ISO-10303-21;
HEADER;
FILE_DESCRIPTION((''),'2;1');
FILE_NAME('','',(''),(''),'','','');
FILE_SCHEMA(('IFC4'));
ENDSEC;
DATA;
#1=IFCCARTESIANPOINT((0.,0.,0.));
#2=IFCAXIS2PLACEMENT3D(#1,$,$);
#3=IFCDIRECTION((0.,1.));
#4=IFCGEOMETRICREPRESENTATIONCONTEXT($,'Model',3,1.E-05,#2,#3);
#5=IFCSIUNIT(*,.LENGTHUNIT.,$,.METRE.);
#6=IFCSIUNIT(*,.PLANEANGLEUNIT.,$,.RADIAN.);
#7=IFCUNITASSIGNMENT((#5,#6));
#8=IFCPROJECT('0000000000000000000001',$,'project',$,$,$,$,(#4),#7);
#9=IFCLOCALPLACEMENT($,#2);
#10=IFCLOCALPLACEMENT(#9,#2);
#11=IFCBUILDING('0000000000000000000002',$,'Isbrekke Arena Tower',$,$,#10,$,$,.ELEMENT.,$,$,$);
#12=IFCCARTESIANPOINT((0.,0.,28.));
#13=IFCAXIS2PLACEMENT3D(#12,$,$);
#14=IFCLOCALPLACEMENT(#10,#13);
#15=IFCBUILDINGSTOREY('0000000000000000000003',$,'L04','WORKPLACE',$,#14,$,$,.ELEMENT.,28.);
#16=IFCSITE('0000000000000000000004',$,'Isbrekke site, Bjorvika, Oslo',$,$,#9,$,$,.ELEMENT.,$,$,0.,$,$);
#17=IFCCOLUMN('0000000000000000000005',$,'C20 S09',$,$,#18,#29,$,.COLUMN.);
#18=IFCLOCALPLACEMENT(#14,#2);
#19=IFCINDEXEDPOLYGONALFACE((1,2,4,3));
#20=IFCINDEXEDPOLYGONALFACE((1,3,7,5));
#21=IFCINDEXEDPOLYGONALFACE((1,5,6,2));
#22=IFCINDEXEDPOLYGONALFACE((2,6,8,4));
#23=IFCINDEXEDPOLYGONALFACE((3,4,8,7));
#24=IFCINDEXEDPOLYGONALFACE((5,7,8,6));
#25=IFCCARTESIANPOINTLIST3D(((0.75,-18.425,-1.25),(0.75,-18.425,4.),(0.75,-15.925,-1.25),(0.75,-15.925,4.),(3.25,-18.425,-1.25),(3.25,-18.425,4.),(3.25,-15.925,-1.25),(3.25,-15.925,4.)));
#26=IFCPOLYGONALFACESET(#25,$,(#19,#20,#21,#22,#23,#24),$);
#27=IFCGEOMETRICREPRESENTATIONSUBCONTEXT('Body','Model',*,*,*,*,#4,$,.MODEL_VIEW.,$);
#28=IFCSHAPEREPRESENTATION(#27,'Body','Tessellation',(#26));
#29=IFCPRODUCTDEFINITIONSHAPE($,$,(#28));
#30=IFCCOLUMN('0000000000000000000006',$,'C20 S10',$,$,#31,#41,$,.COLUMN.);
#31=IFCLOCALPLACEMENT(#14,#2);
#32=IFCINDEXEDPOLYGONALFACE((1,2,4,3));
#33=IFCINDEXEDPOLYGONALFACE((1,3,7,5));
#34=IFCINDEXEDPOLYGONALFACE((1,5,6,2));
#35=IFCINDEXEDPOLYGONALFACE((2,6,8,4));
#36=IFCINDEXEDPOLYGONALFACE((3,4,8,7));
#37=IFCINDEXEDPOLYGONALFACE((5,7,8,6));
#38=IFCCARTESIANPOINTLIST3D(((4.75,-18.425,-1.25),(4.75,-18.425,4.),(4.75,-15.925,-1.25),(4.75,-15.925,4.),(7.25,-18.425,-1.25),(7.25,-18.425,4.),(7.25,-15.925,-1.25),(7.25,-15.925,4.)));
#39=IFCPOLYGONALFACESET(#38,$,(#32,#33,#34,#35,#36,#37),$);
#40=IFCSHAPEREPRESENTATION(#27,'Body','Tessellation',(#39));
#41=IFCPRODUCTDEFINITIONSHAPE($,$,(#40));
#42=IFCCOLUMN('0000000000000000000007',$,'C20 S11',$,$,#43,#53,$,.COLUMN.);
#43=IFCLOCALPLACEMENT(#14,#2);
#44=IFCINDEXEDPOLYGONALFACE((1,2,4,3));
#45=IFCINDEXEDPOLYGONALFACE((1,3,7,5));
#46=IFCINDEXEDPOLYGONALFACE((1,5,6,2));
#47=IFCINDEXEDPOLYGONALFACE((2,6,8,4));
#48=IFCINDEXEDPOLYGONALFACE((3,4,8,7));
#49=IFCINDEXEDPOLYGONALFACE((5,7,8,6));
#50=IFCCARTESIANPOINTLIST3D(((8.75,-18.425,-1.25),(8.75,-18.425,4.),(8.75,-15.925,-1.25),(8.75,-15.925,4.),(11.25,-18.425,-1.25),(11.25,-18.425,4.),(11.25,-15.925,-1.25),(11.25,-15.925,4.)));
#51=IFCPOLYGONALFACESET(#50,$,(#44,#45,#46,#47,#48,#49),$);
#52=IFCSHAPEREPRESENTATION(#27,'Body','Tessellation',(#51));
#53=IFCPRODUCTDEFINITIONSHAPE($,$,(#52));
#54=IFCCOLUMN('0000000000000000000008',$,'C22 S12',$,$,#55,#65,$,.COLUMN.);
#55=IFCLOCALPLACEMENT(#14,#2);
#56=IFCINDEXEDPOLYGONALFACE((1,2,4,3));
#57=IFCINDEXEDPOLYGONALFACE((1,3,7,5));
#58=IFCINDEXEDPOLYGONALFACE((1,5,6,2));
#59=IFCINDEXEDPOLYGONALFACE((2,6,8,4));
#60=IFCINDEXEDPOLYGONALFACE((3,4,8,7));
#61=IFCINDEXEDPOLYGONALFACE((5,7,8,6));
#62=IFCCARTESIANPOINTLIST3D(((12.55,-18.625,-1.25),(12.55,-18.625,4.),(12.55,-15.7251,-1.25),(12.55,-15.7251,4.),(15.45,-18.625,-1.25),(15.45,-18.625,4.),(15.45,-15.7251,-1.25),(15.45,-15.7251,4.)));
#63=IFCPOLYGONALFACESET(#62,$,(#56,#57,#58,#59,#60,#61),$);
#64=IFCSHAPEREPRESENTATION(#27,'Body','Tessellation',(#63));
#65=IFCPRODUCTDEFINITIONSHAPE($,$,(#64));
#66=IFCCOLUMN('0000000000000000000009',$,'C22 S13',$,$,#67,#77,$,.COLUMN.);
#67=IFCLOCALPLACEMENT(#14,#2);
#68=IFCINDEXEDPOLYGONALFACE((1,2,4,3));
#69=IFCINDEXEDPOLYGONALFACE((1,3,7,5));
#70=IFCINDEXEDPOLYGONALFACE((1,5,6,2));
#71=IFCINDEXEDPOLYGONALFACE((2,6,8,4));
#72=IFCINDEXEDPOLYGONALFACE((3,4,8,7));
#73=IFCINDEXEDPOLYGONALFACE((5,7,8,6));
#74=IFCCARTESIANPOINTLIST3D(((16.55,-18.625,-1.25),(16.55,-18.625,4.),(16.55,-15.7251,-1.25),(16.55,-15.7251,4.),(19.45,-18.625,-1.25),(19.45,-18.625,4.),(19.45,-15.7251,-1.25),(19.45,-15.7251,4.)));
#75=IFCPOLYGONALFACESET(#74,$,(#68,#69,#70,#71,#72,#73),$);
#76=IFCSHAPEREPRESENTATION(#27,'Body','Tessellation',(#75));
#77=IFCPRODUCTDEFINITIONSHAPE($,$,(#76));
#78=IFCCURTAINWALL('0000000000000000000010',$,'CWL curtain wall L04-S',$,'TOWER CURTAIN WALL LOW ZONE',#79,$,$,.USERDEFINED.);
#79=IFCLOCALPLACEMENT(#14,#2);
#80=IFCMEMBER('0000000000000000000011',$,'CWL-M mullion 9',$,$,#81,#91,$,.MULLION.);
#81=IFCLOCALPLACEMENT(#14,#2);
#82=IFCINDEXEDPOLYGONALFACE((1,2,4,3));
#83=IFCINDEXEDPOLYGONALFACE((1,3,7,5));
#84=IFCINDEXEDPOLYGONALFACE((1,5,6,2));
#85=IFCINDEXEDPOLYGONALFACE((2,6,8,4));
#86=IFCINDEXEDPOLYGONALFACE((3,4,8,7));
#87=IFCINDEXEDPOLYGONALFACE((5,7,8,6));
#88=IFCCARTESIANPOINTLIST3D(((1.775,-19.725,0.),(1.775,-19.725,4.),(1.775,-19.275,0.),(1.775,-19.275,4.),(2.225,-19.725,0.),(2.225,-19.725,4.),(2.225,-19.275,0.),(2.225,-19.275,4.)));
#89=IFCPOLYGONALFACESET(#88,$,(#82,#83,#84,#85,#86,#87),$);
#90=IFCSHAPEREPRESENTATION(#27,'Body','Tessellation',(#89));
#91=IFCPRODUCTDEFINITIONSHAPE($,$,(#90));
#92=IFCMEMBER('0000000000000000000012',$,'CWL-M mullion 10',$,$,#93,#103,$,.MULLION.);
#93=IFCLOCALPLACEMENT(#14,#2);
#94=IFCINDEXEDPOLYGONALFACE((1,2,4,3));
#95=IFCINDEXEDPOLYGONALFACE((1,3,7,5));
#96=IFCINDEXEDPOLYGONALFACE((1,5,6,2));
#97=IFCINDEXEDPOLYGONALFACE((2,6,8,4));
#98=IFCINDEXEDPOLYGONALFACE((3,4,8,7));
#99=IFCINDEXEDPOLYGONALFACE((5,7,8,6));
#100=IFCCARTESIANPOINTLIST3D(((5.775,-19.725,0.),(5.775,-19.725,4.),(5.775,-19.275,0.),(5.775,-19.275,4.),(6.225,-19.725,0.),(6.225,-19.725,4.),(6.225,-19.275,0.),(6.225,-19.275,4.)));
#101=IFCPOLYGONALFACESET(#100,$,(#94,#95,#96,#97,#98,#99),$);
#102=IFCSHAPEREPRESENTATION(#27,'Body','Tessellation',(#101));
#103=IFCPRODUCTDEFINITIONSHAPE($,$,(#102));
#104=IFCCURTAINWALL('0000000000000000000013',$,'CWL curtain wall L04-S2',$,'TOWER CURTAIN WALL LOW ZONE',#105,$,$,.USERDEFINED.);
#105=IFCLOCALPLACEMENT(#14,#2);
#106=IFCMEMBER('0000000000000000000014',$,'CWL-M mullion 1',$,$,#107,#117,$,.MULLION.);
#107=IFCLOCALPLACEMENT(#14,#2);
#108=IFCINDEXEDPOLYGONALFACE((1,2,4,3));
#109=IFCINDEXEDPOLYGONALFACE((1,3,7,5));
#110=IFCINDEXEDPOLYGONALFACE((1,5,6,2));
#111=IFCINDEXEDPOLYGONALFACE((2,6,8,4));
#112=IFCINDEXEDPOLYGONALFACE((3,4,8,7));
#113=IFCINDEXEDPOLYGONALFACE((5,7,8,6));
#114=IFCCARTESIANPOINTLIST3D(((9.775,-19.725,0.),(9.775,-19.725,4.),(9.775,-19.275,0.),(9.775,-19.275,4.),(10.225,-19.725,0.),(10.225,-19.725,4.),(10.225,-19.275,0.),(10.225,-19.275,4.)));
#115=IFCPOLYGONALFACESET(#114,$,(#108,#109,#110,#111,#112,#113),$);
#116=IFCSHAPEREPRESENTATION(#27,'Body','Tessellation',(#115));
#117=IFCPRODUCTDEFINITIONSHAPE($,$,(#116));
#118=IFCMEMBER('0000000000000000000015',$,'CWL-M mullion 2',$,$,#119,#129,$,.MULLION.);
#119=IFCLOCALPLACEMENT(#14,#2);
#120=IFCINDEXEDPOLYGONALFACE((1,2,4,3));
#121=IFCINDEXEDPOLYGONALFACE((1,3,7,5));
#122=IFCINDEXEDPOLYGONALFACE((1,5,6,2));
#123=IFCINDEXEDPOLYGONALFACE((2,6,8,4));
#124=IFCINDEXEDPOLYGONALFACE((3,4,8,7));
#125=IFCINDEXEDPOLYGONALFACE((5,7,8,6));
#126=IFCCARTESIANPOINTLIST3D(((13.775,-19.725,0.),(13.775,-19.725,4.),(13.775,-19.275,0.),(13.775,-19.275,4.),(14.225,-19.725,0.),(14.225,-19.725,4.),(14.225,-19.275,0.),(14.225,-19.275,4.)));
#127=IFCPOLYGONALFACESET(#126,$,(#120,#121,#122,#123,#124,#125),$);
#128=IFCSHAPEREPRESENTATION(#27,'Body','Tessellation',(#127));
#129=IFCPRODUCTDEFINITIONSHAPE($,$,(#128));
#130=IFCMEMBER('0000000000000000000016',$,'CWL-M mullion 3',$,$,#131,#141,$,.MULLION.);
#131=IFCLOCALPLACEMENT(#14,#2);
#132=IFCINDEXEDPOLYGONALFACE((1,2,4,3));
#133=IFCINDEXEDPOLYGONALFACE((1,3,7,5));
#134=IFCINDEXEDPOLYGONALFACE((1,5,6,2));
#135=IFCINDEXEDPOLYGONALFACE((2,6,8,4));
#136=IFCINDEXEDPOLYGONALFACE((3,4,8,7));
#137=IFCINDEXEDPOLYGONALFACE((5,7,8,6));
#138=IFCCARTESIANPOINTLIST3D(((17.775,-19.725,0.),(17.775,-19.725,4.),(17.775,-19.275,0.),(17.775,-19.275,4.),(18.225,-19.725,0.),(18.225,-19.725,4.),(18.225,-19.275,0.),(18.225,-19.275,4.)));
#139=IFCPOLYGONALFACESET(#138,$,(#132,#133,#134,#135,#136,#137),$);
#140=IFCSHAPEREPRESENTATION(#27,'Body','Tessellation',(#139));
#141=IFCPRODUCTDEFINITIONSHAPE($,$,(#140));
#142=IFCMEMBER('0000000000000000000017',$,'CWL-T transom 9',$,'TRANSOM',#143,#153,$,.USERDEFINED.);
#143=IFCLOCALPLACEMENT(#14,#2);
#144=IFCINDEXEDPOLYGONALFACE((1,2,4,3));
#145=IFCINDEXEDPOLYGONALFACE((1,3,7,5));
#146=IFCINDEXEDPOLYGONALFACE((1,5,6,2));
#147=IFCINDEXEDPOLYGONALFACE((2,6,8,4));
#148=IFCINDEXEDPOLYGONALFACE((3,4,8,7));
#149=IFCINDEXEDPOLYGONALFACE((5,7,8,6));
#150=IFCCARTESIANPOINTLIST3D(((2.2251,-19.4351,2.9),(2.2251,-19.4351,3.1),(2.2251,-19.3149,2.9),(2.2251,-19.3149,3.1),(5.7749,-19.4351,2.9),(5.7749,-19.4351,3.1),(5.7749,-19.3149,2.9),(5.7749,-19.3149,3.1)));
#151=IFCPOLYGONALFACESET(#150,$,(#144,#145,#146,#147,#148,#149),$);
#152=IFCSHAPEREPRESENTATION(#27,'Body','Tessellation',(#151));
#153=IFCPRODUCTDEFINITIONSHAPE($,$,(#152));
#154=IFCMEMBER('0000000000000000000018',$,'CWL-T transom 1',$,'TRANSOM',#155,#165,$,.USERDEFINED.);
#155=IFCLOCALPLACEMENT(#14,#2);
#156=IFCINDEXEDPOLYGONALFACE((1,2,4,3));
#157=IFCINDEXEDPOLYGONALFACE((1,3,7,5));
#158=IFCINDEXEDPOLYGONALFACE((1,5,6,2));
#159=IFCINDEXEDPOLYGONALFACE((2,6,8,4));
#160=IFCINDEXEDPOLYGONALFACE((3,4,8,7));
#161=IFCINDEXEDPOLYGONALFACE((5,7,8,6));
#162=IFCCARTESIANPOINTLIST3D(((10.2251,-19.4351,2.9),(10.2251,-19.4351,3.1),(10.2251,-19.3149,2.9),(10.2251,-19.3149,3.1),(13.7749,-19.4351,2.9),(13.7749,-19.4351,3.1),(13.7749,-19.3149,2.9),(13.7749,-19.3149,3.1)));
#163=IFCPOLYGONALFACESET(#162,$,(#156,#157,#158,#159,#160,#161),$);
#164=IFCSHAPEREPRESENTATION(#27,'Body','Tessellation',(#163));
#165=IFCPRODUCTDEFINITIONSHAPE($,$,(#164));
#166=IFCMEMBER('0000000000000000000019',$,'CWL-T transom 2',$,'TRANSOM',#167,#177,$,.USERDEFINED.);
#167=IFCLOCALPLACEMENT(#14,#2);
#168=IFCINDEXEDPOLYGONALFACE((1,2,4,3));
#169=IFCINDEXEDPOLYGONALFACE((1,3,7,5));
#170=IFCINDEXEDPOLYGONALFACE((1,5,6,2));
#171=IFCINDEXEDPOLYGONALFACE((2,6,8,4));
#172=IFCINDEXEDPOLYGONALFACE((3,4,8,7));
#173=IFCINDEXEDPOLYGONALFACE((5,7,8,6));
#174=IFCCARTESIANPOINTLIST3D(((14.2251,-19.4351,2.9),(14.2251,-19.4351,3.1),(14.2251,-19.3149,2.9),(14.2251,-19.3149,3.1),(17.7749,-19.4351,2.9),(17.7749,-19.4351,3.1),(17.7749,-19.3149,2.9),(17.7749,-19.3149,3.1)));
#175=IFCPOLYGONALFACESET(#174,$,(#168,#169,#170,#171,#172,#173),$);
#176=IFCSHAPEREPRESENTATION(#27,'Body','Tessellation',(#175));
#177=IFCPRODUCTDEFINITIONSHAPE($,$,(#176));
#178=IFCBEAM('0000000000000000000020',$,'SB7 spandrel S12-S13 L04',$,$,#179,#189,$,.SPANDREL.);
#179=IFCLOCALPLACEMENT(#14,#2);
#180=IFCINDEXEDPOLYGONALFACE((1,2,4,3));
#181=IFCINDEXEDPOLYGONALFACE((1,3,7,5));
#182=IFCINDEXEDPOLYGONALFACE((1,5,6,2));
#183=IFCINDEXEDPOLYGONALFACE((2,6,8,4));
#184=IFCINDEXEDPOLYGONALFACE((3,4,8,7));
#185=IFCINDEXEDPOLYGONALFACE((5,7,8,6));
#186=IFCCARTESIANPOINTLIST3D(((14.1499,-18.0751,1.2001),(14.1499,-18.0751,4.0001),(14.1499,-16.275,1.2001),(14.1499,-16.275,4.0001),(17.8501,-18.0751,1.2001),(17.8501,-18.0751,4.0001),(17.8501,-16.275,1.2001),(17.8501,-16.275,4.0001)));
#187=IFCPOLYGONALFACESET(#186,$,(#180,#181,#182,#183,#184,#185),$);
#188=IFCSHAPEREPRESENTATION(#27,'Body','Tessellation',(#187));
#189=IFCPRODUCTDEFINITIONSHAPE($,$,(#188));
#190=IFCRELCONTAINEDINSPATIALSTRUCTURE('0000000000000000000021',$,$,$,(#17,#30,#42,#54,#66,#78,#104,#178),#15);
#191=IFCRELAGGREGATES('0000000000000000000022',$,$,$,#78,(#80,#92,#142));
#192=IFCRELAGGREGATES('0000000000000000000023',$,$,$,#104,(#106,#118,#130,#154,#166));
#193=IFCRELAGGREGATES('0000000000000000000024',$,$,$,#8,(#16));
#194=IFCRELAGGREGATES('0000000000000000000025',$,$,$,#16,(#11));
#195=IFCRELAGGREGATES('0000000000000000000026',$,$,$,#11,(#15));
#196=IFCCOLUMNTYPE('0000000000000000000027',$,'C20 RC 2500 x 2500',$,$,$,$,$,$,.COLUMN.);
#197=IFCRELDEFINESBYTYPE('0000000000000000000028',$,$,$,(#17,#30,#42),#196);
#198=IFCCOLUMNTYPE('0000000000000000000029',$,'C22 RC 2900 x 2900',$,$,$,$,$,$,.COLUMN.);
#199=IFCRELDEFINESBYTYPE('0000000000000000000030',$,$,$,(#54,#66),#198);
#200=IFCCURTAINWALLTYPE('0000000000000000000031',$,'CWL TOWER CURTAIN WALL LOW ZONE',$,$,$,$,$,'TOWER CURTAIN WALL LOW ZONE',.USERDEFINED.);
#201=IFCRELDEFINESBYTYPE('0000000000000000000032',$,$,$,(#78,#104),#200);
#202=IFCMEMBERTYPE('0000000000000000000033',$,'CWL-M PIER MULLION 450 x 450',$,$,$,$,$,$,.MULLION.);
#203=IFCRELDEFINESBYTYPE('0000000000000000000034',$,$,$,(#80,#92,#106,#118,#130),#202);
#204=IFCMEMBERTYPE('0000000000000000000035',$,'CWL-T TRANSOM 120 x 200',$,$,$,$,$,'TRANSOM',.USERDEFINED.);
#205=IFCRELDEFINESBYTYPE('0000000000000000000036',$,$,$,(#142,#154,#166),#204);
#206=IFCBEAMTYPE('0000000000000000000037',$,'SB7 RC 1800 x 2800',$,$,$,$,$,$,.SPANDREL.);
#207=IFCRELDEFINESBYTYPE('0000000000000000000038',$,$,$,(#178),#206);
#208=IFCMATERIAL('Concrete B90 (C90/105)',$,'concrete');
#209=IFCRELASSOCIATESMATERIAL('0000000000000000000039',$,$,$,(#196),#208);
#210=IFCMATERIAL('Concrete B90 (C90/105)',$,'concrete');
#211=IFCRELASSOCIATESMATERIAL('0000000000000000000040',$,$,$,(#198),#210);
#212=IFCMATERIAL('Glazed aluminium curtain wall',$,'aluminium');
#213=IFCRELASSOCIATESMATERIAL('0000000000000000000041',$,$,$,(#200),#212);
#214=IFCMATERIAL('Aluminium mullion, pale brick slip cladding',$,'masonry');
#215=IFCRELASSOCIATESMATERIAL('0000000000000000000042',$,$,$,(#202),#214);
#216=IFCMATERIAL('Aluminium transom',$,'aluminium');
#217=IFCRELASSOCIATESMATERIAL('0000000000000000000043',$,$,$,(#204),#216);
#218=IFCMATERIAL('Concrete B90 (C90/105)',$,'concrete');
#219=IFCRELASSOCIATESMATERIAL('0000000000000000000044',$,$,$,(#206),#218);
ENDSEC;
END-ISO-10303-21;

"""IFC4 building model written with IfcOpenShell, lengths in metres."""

from ifc_helpers import new_model, si_unit, direction, frame, origin, origin_2d, place, context, subcontext, project, spatial, rectangle, extrude, material, material_profile, profile_set, type_object, element, aggregate, save


model = new_model("IFC4")

# Units and contexts
model_context = context("Model", 3, precision=1e-05, world=origin(), true_north=direction((0.0, 1.0)))
body_context = subcontext(model_context, "Body", "Model", "MODEL_VIEW")
ifc_project = project(units=[si_unit("LENGTHUNIT", "METRE"), si_unit("PLANEANGLEUNIT", "RADIAN")], contexts=[model_context])

# Site, building, storey
site_placement = place(None, origin())
site = spatial("IfcSite", under=ifc_project, at=site_placement, Name="Isbrekke site, Bjorvika, Oslo", CompositionType="ELEMENT", RefElevation=0.0)
building_placement = place(site_placement, origin())
building = spatial("IfcBuilding", under=site, at=building_placement, Name="Isbrekke Arena Tower", CompositionType="ELEMENT")
storey_placement = place(building_placement, frame((0.0, 0.0, 28.0)))
storey = spatial("IfcBuildingStorey", under=building, at=storey_placement, Name="L04", Description="WORKPLACE", CompositionType="ELEMENT", Elevation=28.0)

# Columns
ifc_material_1 = material(Name="Concrete B90 (C90/105)", Category="concrete")
ifc_material_profile_1 = material_profile(ifc_material_1, rectangle(XDim=2.5, YDim=2.5, at=origin_2d()), Name="RC 2500x2500")
ifc_profile_set_1 = profile_set([ifc_material_profile_1], Name="Concrete B90 (C90/105)")
column_type_1 = type_object("IfcColumnType", Name="C20 RC 2500 x 2500", PredefinedType="COLUMN", material=ifc_profile_set_1)
for number, where, z_axis, x_axis, name in (
    (1, (2.0, -17.175, -1.25), (0.0, 0.0, 1.0), (1.0, 0.0, 0.0), "C20 S09"),
    (2, (6.0, -17.175, -1.25), (0.0, 0.0, 1.0), (1.0, 0.0, 0.0), "C20 S10"),
    (3, (10.0, -17.175, -1.25), (0.0, 0.0, 1.0), (1.0, 0.0, 0.0), "C20 S11"),
):
    element("IfcColumn", number, at=place(storey_placement, frame(where, z_axis=z_axis, x_axis=x_axis)), inside=storey, type_object=column_type_1, Name=name, PredefinedType="COLUMN", context=body_context, shape_type="SweptSolid", body=[
        extrude(rectangle(XDim=2.5, YDim=2.5, at=origin_2d()), origin(), (0.0, 0.0, 1.0), 5.25),
    ])
ifc_material_2 = material(Name="Concrete B90 (C90/105)", Category="concrete")
ifc_material_profile_2 = material_profile(ifc_material_2, rectangle(XDim=2.8999, YDim=2.8999, at=origin_2d()), Name="RC 2900x2900")
ifc_profile_set_2 = profile_set([ifc_material_profile_2], Name="Concrete B90 (C90/105)")
column_type_2 = type_object("IfcColumnType", Name="C22 RC 2900 x 2900", PredefinedType="COLUMN", material=ifc_profile_set_2)
for number, where, z_axis, x_axis, name in (
    (4, (14.0, -17.175, -1.25), (0.0, 0.0, 1.0), (1.0, 0.0, 0.0), "C22 S12"),
    (5, (18.0, -17.175, -1.25), (0.0, 0.0, 1.0), (1.0, 0.0, 0.0), "C22 S13"),
):
    element("IfcColumn", number, at=place(storey_placement, frame(where, z_axis=z_axis, x_axis=x_axis)), inside=storey, type_object=column_type_2, Name=name, PredefinedType="COLUMN", context=body_context, shape_type="SweptSolid", body=[
        extrude(rectangle(XDim=2.8999, YDim=2.8999, at=origin_2d()), origin(), (0.0, 0.0, 1.0), 5.25),
    ])

# Curtain walls, members
ifc_material_3 = material(Name="Glazed aluminium curtain wall", Category="aluminium")
curtain_wall_type = type_object("IfcCurtainWallType", Name="CWL TOWER CURTAIN WALL LOW ZONE", ElementType="TOWER CURTAIN WALL LOW ZONE", PredefinedType="USERDEFINED", material=ifc_material_3)
curtain_wall_1_placement = place(storey_placement, origin())
curtain_wall_1 = element("IfcCurtainWall", 6, at=curtain_wall_1_placement, inside=storey, type_object=curtain_wall_type, Name="CWL curtain wall L04-S", ObjectType="TOWER CURTAIN WALL LOW ZONE", PredefinedType="USERDEFINED")
ifc_material_4 = material(Name="Aluminium mullion, pale brick slip cladding", Category="masonry")
ifc_material_profile_3 = material_profile(ifc_material_4, rectangle(XDim=0.45, YDim=0.45, at=origin_2d()), Name="PIER 450X450")
ifc_profile_set_3 = profile_set([ifc_material_profile_3], Name="Aluminium mullion, pale brick slip cladding")
member_type_1 = type_object("IfcMemberType", Name="CWL-M PIER MULLION 450 x 450", PredefinedType="MULLION", material=ifc_profile_set_3)
member_1_placement = place(storey_placement, frame((2.0, -19.5, 0.0), z_axis=(0.0, 0.0, 1.0), x_axis=(1.0, 0.0, 0.0)))
member_1 = element("IfcMember", 7, at=member_1_placement, type_object=member_type_1, Name="CWL-M mullion 9", PredefinedType="MULLION", context=body_context, shape_type="SweptSolid", body=[
    extrude(rectangle(XDim=0.45, YDim=0.45, at=origin_2d()), origin(), (0.0, 0.0, 1.0), 4.0),
])
member_2_placement = place(storey_placement, frame((6.0, -19.5, 0.0), z_axis=(0.0, 0.0, 1.0), x_axis=(1.0, 0.0, 0.0)))
member_2 = element("IfcMember", 8, at=member_2_placement, type_object=member_type_1, Name="CWL-M mullion 10", PredefinedType="MULLION", context=body_context, shape_type="SweptSolid", body=[
    extrude(rectangle(XDim=0.45, YDim=0.45, at=origin_2d()), origin(), (0.0, 0.0, 1.0), 4.0),
])
curtain_wall_2_placement = place(storey_placement, origin())
curtain_wall_2 = element("IfcCurtainWall", 9, at=curtain_wall_2_placement, inside=storey, type_object=curtain_wall_type, Name="CWL curtain wall L04-S2", ObjectType="TOWER CURTAIN WALL LOW ZONE", PredefinedType="USERDEFINED")
member_3_placement = place(storey_placement, frame((10.0, -19.5, 0.0), z_axis=(0.0, 0.0, 1.0), x_axis=(1.0, 0.0, 0.0)))
member_3 = element("IfcMember", 10, at=member_3_placement, type_object=member_type_1, Name="CWL-M mullion 1", PredefinedType="MULLION", context=body_context, shape_type="SweptSolid", body=[
    extrude(rectangle(XDim=0.45, YDim=0.45, at=origin_2d()), origin(), (0.0, 0.0, 1.0), 4.0),
])
member_4_placement = place(storey_placement, frame((14.0, -19.5, 0.0), z_axis=(0.0, 0.0, 1.0), x_axis=(1.0, 0.0, 0.0)))
member_4 = element("IfcMember", 11, at=member_4_placement, type_object=member_type_1, Name="CWL-M mullion 2", PredefinedType="MULLION", context=body_context, shape_type="SweptSolid", body=[
    extrude(rectangle(XDim=0.45, YDim=0.45, at=origin_2d()), origin(), (0.0, 0.0, 1.0), 4.0),
])
member_5_placement = place(storey_placement, frame((18.0, -19.5, 0.0), z_axis=(0.0, 0.0, 1.0), x_axis=(1.0, 0.0, 0.0)))
member_5 = element("IfcMember", 12, at=member_5_placement, type_object=member_type_1, Name="CWL-M mullion 3", PredefinedType="MULLION", context=body_context, shape_type="SweptSolid", body=[
    extrude(rectangle(XDim=0.45, YDim=0.45, at=origin_2d()), origin(), (0.0, 0.0, 1.0), 4.0),
])

# Members
ifc_material_5 = material(Name="Aluminium transom", Category="aluminium")
ifc_material_profile_4 = material_profile(ifc_material_5, rectangle(XDim=0.1201, YDim=0.2, at=origin_2d()), Name="TRANSOM 120X200")
ifc_profile_set_4 = profile_set([ifc_material_profile_4], Name="Aluminium transom")
member_type_2 = type_object("IfcMemberType", Name="CWL-T TRANSOM 120 x 200", ElementType="TRANSOM", PredefinedType="USERDEFINED", material=ifc_profile_set_4)
member_6_placement = place(storey_placement, frame((2.2251, -19.375, 3.0), z_axis=(1.0, 0.0, 0.0), x_axis=(0.0, 1.0, 0.0)))
member_6 = element("IfcMember", 13, at=member_6_placement, type_object=member_type_2, Name="CWL-T transom 9", ObjectType="TRANSOM", PredefinedType="USERDEFINED", context=body_context, shape_type="SweptSolid", body=[
    extrude(rectangle(XDim=0.1201, YDim=0.2, at=origin_2d()), origin(), (0.0, 0.0, 1.0), 3.5498),
])
member_7_placement = place(storey_placement, frame((10.2251, -19.375, 3.0), z_axis=(1.0, 0.0, 0.0), x_axis=(0.0, 1.0, 0.0)))
member_7 = element("IfcMember", 14, at=member_7_placement, type_object=member_type_2, Name="CWL-T transom 1", ObjectType="TRANSOM", PredefinedType="USERDEFINED", context=body_context, shape_type="SweptSolid", body=[
    extrude(rectangle(XDim=0.1201, YDim=0.2, at=origin_2d()), origin(), (0.0, 0.0, 1.0), 3.5498),
])
member_8_placement = place(storey_placement, frame((14.2251, -19.375, 3.0), z_axis=(1.0, 0.0, 0.0), x_axis=(0.0, 1.0, 0.0)))
member_8 = element("IfcMember", 15, at=member_8_placement, type_object=member_type_2, Name="CWL-T transom 2", ObjectType="TRANSOM", PredefinedType="USERDEFINED", context=body_context, shape_type="SweptSolid", body=[
    extrude(rectangle(XDim=0.1201, YDim=0.2, at=origin_2d()), origin(), (0.0, 0.0, 1.0), 3.5498),
])

# Beam
ifc_material_6 = material(Name="Concrete B90 (C90/105)", Category="concrete")
ifc_material_profile_5 = material_profile(ifc_material_6, rectangle(XDim=1.8, YDim=2.8, at=origin_2d()), Name="RC 1800x2800")
ifc_profile_set_5 = profile_set([ifc_material_profile_5], Name="Concrete B90 (C90/105)")
beam_type_1 = type_object("IfcBeamType", Name="SB7 RC 1800 x 2800", PredefinedType="SPANDREL", material=ifc_profile_set_5)
beam_placement = place(storey_placement, frame((14.1499, -17.175, 2.6001), z_axis=(1.0, 0.0, 0.0), x_axis=(0.0, 1.0, 0.0)))
element("IfcBeam", 16, at=beam_placement, inside=storey, type_object=beam_type_1, Name="SB7 spandrel S12-S13 L04", PredefinedType="SPANDREL", context=body_context, shape_type="SweptSolid", body=[
    extrude(rectangle(XDim=1.8, YDim=2.8, at=origin_2d()), origin(), (0.0, 0.0, 1.0), 3.7002),
])

aggregate(curtain_wall_1, [member_1, member_2, member_6])
aggregate(curtain_wall_2, [member_3, member_4, member_5, member_7, member_8])

save(model, "model.ifc")
